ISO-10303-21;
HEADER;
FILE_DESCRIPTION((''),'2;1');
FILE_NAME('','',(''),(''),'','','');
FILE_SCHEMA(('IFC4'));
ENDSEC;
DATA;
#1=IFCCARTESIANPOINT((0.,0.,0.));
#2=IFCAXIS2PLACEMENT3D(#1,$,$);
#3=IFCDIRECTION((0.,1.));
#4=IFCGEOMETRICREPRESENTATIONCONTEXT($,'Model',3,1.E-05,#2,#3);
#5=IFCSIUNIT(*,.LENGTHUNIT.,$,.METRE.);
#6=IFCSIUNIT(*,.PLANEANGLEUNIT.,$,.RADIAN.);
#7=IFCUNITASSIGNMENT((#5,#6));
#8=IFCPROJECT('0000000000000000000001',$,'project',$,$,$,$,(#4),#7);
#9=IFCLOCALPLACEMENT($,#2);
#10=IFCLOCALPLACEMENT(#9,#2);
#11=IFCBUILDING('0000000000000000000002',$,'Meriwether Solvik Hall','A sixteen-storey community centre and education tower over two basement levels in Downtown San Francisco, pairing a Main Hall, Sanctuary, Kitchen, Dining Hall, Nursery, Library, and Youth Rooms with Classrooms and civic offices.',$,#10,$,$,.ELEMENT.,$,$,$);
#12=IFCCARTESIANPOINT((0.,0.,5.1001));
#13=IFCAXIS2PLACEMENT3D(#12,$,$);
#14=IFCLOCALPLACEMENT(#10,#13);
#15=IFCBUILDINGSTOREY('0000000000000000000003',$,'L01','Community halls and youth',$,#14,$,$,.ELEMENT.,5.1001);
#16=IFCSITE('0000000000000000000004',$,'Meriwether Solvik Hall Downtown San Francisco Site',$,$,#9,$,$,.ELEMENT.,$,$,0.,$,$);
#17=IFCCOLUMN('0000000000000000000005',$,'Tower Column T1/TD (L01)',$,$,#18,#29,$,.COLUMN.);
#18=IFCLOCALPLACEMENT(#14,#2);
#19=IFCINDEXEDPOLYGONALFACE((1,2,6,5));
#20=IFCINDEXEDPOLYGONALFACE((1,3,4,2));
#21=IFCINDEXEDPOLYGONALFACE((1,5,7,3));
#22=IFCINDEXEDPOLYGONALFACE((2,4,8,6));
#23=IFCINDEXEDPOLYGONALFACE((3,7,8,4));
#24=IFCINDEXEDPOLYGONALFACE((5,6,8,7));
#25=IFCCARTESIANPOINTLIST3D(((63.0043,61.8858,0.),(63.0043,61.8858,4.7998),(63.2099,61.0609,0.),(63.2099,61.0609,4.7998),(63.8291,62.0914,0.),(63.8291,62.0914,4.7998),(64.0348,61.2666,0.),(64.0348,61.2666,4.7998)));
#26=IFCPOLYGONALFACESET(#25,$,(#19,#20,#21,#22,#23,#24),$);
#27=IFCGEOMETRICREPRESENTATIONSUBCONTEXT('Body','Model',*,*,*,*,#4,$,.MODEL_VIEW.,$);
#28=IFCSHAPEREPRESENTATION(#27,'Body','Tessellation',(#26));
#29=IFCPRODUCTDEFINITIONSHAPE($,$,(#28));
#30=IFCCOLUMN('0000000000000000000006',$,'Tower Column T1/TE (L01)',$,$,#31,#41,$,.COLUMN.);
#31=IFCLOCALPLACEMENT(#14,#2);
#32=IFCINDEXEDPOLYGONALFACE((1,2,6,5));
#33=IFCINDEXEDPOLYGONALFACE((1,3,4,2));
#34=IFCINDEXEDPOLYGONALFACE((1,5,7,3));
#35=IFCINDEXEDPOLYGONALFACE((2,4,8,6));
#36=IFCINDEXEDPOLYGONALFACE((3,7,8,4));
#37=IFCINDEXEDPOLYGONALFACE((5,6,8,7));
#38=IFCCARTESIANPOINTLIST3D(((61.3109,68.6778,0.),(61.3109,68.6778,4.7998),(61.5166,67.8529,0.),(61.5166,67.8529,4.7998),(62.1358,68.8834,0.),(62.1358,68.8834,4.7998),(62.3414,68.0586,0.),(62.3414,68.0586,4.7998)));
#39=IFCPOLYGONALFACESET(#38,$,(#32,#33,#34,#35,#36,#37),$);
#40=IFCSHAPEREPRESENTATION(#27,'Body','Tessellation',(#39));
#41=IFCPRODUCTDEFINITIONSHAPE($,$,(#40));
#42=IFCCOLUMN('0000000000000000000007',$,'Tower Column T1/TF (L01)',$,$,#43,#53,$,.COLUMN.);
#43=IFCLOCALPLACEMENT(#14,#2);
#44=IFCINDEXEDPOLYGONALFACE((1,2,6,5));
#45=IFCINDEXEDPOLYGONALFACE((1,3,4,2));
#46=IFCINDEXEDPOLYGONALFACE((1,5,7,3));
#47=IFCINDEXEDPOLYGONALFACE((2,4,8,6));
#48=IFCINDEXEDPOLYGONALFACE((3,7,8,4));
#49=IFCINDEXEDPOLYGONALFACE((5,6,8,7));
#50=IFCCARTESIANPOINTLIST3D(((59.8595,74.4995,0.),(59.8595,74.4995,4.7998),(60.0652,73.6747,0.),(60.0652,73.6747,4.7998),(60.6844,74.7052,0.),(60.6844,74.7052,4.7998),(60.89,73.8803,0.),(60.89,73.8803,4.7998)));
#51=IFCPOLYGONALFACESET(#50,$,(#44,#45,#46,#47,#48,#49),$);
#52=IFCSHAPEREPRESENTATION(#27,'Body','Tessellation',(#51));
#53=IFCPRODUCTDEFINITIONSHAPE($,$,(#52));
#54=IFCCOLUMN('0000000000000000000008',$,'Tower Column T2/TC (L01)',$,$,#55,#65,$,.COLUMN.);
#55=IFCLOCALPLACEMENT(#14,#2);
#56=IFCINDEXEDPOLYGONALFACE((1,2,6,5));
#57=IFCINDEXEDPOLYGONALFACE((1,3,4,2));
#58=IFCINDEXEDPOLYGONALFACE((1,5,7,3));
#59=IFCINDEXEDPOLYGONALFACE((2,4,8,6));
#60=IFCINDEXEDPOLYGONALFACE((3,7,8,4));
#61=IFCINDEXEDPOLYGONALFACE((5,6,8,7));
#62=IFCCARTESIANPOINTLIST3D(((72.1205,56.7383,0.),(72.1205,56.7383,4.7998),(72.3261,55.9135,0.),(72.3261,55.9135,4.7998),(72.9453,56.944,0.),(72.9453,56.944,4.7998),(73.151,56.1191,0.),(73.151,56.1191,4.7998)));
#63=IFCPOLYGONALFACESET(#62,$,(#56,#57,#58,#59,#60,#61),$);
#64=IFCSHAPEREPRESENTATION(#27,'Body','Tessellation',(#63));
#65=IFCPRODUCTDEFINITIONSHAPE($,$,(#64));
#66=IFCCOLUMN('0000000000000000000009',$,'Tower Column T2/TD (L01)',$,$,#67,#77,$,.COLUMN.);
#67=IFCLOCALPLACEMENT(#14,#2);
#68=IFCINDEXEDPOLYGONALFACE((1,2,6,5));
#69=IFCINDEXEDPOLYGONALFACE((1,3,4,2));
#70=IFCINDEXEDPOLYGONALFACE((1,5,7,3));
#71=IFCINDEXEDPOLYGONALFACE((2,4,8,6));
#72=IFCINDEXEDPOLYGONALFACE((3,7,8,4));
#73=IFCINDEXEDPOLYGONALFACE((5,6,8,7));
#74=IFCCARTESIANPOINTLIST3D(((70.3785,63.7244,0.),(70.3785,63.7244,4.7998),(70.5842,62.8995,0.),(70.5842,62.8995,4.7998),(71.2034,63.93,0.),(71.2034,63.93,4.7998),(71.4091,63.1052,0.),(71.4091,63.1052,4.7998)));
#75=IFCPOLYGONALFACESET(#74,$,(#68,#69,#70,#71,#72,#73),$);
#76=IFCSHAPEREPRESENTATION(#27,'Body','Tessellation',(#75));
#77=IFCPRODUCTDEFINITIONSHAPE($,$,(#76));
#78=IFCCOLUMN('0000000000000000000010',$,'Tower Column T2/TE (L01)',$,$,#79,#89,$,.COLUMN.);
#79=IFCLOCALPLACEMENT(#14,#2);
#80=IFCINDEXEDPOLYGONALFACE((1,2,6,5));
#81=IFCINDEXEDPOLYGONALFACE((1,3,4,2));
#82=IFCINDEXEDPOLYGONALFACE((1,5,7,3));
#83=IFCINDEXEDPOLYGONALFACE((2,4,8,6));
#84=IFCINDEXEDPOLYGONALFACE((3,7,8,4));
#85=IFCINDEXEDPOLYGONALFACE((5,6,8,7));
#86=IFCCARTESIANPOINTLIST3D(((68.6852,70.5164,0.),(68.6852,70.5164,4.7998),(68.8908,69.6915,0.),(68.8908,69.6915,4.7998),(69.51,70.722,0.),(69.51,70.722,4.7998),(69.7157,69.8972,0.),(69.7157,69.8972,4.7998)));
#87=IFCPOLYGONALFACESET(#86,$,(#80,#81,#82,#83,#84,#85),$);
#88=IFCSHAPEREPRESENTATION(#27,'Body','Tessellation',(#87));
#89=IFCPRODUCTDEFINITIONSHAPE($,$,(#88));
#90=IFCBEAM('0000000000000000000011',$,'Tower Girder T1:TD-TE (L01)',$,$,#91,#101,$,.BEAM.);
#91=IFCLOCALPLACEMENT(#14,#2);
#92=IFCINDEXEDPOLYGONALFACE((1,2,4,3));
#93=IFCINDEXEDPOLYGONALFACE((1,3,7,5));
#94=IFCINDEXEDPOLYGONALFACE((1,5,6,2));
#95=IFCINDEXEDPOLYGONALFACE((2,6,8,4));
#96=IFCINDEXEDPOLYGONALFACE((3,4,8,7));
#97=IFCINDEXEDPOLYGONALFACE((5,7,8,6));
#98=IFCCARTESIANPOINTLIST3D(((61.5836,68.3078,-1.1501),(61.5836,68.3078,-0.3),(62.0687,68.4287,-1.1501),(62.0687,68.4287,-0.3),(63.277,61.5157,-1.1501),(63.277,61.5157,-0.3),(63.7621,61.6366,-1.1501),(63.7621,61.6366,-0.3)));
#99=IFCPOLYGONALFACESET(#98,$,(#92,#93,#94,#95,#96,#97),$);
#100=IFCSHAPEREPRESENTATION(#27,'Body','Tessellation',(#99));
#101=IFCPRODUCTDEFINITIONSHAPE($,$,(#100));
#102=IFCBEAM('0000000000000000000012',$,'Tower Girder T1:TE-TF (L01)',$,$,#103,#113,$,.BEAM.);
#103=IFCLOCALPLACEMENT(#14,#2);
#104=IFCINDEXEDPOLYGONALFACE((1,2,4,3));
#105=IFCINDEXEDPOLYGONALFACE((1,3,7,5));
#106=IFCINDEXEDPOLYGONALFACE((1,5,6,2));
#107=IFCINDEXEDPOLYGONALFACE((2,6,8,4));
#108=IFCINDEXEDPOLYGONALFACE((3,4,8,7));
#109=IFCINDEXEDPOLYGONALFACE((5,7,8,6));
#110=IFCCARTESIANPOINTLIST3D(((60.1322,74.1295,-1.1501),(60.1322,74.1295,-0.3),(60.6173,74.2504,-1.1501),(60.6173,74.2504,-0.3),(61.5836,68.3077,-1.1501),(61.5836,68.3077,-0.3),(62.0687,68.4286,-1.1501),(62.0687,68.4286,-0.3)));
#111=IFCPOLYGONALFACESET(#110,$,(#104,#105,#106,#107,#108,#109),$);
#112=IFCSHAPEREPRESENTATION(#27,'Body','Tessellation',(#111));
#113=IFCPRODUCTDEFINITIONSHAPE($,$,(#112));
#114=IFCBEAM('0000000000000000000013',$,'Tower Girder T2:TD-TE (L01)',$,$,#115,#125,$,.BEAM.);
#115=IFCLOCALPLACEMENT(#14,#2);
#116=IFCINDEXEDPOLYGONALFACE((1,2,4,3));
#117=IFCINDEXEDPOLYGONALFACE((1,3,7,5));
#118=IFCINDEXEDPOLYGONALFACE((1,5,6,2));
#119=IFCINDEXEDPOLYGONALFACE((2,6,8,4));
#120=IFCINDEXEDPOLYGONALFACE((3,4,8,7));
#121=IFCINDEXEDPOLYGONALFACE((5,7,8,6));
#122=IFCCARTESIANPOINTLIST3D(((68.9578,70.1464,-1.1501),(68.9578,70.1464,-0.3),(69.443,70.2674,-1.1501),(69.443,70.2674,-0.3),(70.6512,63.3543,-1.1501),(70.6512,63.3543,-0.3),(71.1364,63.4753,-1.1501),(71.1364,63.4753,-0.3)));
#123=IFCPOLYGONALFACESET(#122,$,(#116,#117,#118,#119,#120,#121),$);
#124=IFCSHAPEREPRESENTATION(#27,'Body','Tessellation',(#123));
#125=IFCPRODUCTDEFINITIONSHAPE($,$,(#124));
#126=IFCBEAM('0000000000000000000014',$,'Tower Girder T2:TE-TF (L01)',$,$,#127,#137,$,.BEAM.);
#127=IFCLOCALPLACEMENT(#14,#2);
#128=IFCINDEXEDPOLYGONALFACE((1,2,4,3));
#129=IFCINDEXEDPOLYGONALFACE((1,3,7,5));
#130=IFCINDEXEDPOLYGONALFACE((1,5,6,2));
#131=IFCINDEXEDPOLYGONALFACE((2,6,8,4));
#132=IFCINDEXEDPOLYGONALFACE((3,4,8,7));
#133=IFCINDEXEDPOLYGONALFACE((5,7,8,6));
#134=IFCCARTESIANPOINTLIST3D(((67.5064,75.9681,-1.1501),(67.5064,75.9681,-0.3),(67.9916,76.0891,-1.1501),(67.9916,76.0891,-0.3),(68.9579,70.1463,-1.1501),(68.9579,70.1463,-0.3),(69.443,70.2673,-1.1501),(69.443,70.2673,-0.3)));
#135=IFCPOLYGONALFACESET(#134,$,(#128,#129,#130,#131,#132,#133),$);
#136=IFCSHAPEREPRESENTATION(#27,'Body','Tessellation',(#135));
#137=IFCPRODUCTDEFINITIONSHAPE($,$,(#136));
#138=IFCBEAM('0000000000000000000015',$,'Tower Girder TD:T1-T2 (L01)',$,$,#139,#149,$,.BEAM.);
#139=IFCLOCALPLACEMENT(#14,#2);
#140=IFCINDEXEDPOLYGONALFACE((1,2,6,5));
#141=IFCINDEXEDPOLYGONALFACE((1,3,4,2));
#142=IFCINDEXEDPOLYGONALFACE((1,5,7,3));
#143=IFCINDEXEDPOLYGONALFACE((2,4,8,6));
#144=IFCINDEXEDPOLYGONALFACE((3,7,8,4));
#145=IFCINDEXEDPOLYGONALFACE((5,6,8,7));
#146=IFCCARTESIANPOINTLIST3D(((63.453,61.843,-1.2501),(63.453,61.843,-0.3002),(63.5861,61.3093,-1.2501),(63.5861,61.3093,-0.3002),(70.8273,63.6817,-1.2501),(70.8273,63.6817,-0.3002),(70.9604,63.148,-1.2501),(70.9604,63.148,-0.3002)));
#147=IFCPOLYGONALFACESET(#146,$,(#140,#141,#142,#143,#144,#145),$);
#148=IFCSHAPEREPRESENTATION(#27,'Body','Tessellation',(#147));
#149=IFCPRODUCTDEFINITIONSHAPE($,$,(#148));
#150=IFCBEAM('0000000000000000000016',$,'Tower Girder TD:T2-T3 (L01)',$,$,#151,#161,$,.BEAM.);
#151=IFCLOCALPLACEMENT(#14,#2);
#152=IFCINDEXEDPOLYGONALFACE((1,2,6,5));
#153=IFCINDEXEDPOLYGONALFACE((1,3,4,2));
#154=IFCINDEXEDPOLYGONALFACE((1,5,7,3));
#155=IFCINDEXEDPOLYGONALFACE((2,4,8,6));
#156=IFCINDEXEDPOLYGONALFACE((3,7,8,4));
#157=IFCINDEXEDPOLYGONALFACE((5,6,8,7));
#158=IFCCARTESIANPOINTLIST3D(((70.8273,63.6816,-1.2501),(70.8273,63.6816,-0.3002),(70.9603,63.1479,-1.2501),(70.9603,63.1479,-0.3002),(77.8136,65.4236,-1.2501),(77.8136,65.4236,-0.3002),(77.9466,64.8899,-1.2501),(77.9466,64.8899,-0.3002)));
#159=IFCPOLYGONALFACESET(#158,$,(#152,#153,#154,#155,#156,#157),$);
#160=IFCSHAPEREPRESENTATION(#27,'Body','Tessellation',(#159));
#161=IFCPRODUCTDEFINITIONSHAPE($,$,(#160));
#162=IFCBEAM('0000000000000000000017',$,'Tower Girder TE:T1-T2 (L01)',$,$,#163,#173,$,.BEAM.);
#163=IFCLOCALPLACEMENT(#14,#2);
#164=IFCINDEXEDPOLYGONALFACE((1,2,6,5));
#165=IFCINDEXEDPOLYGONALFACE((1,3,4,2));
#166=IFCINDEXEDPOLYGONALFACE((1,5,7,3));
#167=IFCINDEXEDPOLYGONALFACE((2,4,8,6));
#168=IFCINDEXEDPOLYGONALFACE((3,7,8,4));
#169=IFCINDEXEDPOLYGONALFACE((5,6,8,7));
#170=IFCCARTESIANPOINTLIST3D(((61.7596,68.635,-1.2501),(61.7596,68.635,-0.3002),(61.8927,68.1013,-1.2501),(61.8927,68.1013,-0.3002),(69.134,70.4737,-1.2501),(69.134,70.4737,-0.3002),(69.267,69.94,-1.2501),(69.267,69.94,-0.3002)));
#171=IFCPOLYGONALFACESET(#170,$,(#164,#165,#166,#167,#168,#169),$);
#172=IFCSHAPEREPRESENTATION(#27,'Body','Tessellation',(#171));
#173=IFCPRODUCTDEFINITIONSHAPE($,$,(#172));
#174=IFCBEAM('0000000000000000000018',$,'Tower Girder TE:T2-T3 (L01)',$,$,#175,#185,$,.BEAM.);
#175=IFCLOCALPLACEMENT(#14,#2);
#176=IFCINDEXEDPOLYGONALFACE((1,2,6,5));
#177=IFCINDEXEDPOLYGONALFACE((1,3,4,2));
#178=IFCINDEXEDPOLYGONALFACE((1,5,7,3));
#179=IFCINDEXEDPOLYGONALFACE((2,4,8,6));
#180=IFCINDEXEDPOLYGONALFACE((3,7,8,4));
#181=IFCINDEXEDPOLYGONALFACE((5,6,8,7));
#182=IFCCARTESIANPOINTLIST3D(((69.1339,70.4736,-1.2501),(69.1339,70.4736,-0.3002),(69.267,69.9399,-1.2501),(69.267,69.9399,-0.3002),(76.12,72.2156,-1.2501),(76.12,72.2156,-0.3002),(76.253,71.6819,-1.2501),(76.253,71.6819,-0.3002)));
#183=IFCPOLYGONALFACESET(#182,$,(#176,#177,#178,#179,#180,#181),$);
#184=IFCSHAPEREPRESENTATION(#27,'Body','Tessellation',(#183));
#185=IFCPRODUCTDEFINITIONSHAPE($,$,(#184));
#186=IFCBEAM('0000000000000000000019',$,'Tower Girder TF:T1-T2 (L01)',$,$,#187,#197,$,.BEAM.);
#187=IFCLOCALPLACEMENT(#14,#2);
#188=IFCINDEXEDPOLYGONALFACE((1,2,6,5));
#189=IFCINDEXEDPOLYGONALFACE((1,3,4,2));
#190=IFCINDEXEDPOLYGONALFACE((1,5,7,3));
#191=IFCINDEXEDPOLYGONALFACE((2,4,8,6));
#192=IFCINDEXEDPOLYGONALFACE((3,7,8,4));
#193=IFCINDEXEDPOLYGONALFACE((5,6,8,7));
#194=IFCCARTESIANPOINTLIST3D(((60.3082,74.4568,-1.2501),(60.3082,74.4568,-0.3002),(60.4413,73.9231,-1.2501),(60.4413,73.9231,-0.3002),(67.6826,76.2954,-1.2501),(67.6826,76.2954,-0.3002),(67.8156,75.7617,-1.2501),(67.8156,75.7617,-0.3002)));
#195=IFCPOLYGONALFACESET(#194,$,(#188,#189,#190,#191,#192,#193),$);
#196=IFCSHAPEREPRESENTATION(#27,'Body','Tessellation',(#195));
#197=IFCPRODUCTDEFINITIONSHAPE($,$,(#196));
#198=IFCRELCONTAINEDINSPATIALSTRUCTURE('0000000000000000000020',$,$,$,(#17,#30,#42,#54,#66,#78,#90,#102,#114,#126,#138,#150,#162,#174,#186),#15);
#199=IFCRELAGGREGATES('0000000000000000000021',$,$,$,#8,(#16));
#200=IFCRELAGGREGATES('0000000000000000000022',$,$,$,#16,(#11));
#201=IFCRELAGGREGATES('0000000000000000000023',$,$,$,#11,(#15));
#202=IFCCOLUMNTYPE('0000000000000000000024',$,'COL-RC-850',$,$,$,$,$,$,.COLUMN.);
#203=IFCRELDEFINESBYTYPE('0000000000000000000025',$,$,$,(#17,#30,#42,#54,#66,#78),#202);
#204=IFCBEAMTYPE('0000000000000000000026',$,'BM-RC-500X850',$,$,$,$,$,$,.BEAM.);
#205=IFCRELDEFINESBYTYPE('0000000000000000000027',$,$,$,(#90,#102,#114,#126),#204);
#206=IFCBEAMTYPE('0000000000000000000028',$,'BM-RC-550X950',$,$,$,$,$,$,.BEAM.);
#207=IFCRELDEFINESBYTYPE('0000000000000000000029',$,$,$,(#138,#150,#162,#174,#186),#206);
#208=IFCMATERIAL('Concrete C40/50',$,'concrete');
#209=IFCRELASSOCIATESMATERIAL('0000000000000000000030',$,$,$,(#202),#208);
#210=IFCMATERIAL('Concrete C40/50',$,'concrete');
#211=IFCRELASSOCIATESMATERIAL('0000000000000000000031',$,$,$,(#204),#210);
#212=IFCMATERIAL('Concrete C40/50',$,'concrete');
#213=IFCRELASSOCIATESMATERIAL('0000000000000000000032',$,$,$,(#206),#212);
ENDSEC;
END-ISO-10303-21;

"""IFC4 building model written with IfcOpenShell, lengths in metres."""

from ifc_helpers import new_model, si_unit, direction, frame, origin, origin_2d, place, context, subcontext, project, spatial, rectangle, extrude, material, material_profile, profile_set, type_object, element, save


model = new_model("IFC4")

# Units and contexts
model_context = context("Model", 3, precision=1e-05, world=origin(), true_north=direction((0.0, 1.0)))
body_context = subcontext(model_context, "Body", "Model", "MODEL_VIEW")
ifc_project = project(units=[si_unit("LENGTHUNIT", "METRE"), si_unit("PLANEANGLEUNIT", "RADIAN")], contexts=[model_context])

# Site, building, storey
site_placement = place(None, origin())
site = spatial("IfcSite", under=ifc_project, at=site_placement, Name="Meriwether Solvik Hall Downtown San Francisco Site", CompositionType="ELEMENT", RefElevation=0.0)
building_placement = place(site_placement, origin())
building = spatial("IfcBuilding", under=site, at=building_placement, Name="Meriwether Solvik Hall", Description="A sixteen-storey community centre and education tower over two basement levels in Downtown San Francisco, pairing a Main Hall, Sanctuary, Kitchen, Dining Hall, Nursery, Library, and Youth Rooms with Classrooms and civic offices.", CompositionType="ELEMENT")
storey_placement = place(building_placement, frame((0.0, 0.0, 5.1001)))
storey = spatial("IfcBuildingStorey", under=building, at=storey_placement, Name="L01", Description="Community halls and youth", CompositionType="ELEMENT", Elevation=5.1001)

# Columns
ifc_material_1 = material(Name="Concrete C40/50", Category="concrete")
ifc_material_profile_1 = material_profile(ifc_material_1, rectangle(XDim=0.8501, YDim=0.8501, at=origin_2d()), Name="RCC-850X850")
ifc_profile_set_1 = profile_set([ifc_material_profile_1], Name="Concrete C40/50")
column_type = type_object("IfcColumnType", Name="COL-RC-850", PredefinedType="COLUMN", material=ifc_profile_set_1)
for number, where, z_axis, x_axis, name in (
    (1, (63.5195, 61.5762, 0.0), (0.0, 0.0, 1.0), (0.970296, 0.241922, 0.0), "Tower Column T1/TD (L01)"),
    (2, (61.8262, 68.3682, 0.0), (0.0, 0.0, 1.0), (0.970296, 0.241922, 0.0), "Tower Column T1/TE (L01)"),
    (3, (60.3748, 74.1899, 0.0), (0.0, 0.0, 1.0), (0.970296, 0.241922, 0.0), "Tower Column T1/TF (L01)"),
    (4, (72.6357, 56.4287, 0.0), (0.0, 0.0, 1.0), (0.970296, 0.241922, 0.0), "Tower Column T2/TC (L01)"),
    (5, (70.8938, 63.4148, 0.0), (0.0, 0.0, 1.0), (0.970296, 0.241922, 0.0), "Tower Column T2/TD (L01)"),
    (6, (69.2004, 70.2068, 0.0), (0.0, 0.0, 1.0), (0.970296, 0.241922, 0.0), "Tower Column T2/TE (L01)"),
):
    element("IfcColumn", number, at=place(storey_placement, frame(where, z_axis=z_axis, x_axis=x_axis)), inside=storey, type_object=column_type, Name=name, PredefinedType="COLUMN", context=body_context, shape_type="SweptSolid", body=[
        extrude(rectangle(XDim=0.8501, YDim=0.8501, at=origin_2d()), origin(), (0.0, 0.0, 1.0), 4.7998),
    ])

# Beams
ifc_material_2 = material(Name="Concrete C40/50", Category="concrete")
ifc_material_profile_2 = material_profile(ifc_material_2, rectangle(XDim=0.5, YDim=0.8501, at=origin_2d()), Name="RCB-500X850")
ifc_profile_set_2 = profile_set([ifc_material_profile_2], Name="Concrete C40/50")
beam_type_1 = type_object("IfcBeamType", Name="BM-RC-500X850", PredefinedType="BEAM", material=ifc_profile_set_2)
beam_1_placement = place(storey_placement, frame((63.5195, 61.5762, -0.7251), z_axis=(-0.241912, 0.970298, 0.0), x_axis=(-0.970298, -0.241912, 0.0)))
element("IfcBeam", 7, at=beam_1_placement, inside=storey, type_object=beam_type_1, Name="Tower Girder T1:TD-TE (L01)", PredefinedType="BEAM", context=body_context, shape_type="SweptSolid", body=[
    extrude(rectangle(XDim=0.5, YDim=0.8501, at=origin_2d()), origin(), (0.0, 0.0, 1.0), 7.0),
])
beam_2_placement = place(storey_placement, frame((61.8262, 68.3682, -0.7251), z_axis=(-0.241904, 0.9703, 0.0), x_axis=(-0.9703, -0.241904, 0.0)))
element("IfcBeam", 8, at=beam_2_placement, inside=storey, type_object=beam_type_1, Name="Tower Girder T1:TE-TF (L01)", PredefinedType="BEAM", context=body_context, shape_type="SweptSolid", body=[
    extrude(rectangle(XDim=0.5, YDim=0.8501, at=origin_2d()), origin(), (0.0, 0.0, 1.0), 6.0),
])
beam_3_placement = place(storey_placement, frame((70.8938, 63.4148, -0.7251), z_axis=(-0.241912, 0.970298, 0.0), x_axis=(-0.970298, -0.241912, 0.0)))
element("IfcBeam", 9, at=beam_3_placement, inside=storey, type_object=beam_type_1, Name="Tower Girder T2:TD-TE (L01)", PredefinedType="BEAM", context=body_context, shape_type="SweptSolid", body=[
    extrude(rectangle(XDim=0.5, YDim=0.8501, at=origin_2d()), origin(), (0.0, 0.0, 1.0), 7.0),
])
beam_4_placement = place(storey_placement, frame((69.2004, 70.2068, -0.7251), z_axis=(-0.241904, 0.9703, 0.0), x_axis=(-0.9703, -0.241904, 0.0)))
element("IfcBeam", 10, at=beam_4_placement, inside=storey, type_object=beam_type_1, Name="Tower Girder T2:TE-TF (L01)", PredefinedType="BEAM", context=body_context, shape_type="SweptSolid", body=[
    extrude(rectangle(XDim=0.5, YDim=0.8501, at=origin_2d()), origin(), (0.0, 0.0, 1.0), 6.0),
])
ifc_material_3 = material(Name="Concrete C40/50", Category="concrete")
ifc_material_profile_3 = material_profile(ifc_material_3, rectangle(XDim=0.55, YDim=0.95, at=origin_2d()), Name="RCB-550X950")
ifc_profile_set_3 = profile_set([ifc_material_profile_3], Name="Concrete C40/50")
beam_type_2 = type_object("IfcBeamType", Name="BM-RC-550X950", PredefinedType="BEAM", material=ifc_profile_set_3)
beam_5_placement = place(storey_placement, frame((63.5195, 61.5762, -0.7751), z_axis=(0.970295, 0.241923, 0.0), x_axis=(-0.241923, 0.970295, 0.0)))
element("IfcBeam", 11, at=beam_5_placement, inside=storey, type_object=beam_type_2, Name="Tower Girder TD:T1-T2 (L01)", PredefinedType="BEAM", context=body_context, shape_type="SweptSolid", body=[
    extrude(rectangle(XDim=0.55, YDim=0.95, at=origin_2d()), origin(), (0.0, 0.0, 1.0), 7.6001),
])
beam_6_placement = place(storey_placement, frame((70.8938, 63.4148, -0.7751), z_axis=(0.970294, 0.241929, 0.0), x_axis=(-0.241929, 0.970294, 0.0)))
element("IfcBeam", 12, at=beam_6_placement, inside=storey, type_object=beam_type_2, Name="Tower Girder TD:T2-T3 (L01)", PredefinedType="BEAM", context=body_context, shape_type="SweptSolid", body=[
    extrude(rectangle(XDim=0.55, YDim=0.95, at=origin_2d()), origin(), (0.0, 0.0, 1.0), 7.2002),
])
beam_7_placement = place(storey_placement, frame((61.8262, 68.3682, -0.7751), z_axis=(0.970295, 0.241923, 0.0), x_axis=(-0.241923, 0.970295, 0.0)))
element("IfcBeam", 13, at=beam_7_placement, inside=storey, type_object=beam_type_2, Name="Tower Girder TE:T1-T2 (L01)", PredefinedType="BEAM", context=body_context, shape_type="SweptSolid", body=[
    extrude(rectangle(XDim=0.55, YDim=0.95, at=origin_2d()), origin(), (0.0, 0.0, 1.0), 7.6001),
])
beam_8_placement = place(storey_placement, frame((69.2004, 70.2068, -0.7751), z_axis=(0.970292, 0.241937, 0.0), x_axis=(-0.241937, 0.970292, 0.0)))
element("IfcBeam", 14, at=beam_8_placement, inside=storey, type_object=beam_type_2, Name="Tower Girder TE:T2-T3 (L01)", PredefinedType="BEAM", context=body_context, shape_type="SweptSolid", body=[
    extrude(rectangle(XDim=0.55, YDim=0.95, at=origin_2d()), origin(), (0.0, 0.0, 1.0), 7.2),
])
beam_9_placement = place(storey_placement, frame((60.3748, 74.1899, -0.7751), z_axis=(0.970295, 0.241923, 0.0), x_axis=(-0.241923, 0.970295, 0.0)))
element("IfcBeam", 15, at=beam_9_placement, inside=storey, type_object=beam_type_2, Name="Tower Girder TF:T1-T2 (L01)", PredefinedType="BEAM", context=body_context, shape_type="SweptSolid", body=[
    extrude(rectangle(XDim=0.55, YDim=0.95, at=origin_2d()), origin(), (0.0, 0.0, 1.0), 7.6001),
])

save(model, "model.ifc")
